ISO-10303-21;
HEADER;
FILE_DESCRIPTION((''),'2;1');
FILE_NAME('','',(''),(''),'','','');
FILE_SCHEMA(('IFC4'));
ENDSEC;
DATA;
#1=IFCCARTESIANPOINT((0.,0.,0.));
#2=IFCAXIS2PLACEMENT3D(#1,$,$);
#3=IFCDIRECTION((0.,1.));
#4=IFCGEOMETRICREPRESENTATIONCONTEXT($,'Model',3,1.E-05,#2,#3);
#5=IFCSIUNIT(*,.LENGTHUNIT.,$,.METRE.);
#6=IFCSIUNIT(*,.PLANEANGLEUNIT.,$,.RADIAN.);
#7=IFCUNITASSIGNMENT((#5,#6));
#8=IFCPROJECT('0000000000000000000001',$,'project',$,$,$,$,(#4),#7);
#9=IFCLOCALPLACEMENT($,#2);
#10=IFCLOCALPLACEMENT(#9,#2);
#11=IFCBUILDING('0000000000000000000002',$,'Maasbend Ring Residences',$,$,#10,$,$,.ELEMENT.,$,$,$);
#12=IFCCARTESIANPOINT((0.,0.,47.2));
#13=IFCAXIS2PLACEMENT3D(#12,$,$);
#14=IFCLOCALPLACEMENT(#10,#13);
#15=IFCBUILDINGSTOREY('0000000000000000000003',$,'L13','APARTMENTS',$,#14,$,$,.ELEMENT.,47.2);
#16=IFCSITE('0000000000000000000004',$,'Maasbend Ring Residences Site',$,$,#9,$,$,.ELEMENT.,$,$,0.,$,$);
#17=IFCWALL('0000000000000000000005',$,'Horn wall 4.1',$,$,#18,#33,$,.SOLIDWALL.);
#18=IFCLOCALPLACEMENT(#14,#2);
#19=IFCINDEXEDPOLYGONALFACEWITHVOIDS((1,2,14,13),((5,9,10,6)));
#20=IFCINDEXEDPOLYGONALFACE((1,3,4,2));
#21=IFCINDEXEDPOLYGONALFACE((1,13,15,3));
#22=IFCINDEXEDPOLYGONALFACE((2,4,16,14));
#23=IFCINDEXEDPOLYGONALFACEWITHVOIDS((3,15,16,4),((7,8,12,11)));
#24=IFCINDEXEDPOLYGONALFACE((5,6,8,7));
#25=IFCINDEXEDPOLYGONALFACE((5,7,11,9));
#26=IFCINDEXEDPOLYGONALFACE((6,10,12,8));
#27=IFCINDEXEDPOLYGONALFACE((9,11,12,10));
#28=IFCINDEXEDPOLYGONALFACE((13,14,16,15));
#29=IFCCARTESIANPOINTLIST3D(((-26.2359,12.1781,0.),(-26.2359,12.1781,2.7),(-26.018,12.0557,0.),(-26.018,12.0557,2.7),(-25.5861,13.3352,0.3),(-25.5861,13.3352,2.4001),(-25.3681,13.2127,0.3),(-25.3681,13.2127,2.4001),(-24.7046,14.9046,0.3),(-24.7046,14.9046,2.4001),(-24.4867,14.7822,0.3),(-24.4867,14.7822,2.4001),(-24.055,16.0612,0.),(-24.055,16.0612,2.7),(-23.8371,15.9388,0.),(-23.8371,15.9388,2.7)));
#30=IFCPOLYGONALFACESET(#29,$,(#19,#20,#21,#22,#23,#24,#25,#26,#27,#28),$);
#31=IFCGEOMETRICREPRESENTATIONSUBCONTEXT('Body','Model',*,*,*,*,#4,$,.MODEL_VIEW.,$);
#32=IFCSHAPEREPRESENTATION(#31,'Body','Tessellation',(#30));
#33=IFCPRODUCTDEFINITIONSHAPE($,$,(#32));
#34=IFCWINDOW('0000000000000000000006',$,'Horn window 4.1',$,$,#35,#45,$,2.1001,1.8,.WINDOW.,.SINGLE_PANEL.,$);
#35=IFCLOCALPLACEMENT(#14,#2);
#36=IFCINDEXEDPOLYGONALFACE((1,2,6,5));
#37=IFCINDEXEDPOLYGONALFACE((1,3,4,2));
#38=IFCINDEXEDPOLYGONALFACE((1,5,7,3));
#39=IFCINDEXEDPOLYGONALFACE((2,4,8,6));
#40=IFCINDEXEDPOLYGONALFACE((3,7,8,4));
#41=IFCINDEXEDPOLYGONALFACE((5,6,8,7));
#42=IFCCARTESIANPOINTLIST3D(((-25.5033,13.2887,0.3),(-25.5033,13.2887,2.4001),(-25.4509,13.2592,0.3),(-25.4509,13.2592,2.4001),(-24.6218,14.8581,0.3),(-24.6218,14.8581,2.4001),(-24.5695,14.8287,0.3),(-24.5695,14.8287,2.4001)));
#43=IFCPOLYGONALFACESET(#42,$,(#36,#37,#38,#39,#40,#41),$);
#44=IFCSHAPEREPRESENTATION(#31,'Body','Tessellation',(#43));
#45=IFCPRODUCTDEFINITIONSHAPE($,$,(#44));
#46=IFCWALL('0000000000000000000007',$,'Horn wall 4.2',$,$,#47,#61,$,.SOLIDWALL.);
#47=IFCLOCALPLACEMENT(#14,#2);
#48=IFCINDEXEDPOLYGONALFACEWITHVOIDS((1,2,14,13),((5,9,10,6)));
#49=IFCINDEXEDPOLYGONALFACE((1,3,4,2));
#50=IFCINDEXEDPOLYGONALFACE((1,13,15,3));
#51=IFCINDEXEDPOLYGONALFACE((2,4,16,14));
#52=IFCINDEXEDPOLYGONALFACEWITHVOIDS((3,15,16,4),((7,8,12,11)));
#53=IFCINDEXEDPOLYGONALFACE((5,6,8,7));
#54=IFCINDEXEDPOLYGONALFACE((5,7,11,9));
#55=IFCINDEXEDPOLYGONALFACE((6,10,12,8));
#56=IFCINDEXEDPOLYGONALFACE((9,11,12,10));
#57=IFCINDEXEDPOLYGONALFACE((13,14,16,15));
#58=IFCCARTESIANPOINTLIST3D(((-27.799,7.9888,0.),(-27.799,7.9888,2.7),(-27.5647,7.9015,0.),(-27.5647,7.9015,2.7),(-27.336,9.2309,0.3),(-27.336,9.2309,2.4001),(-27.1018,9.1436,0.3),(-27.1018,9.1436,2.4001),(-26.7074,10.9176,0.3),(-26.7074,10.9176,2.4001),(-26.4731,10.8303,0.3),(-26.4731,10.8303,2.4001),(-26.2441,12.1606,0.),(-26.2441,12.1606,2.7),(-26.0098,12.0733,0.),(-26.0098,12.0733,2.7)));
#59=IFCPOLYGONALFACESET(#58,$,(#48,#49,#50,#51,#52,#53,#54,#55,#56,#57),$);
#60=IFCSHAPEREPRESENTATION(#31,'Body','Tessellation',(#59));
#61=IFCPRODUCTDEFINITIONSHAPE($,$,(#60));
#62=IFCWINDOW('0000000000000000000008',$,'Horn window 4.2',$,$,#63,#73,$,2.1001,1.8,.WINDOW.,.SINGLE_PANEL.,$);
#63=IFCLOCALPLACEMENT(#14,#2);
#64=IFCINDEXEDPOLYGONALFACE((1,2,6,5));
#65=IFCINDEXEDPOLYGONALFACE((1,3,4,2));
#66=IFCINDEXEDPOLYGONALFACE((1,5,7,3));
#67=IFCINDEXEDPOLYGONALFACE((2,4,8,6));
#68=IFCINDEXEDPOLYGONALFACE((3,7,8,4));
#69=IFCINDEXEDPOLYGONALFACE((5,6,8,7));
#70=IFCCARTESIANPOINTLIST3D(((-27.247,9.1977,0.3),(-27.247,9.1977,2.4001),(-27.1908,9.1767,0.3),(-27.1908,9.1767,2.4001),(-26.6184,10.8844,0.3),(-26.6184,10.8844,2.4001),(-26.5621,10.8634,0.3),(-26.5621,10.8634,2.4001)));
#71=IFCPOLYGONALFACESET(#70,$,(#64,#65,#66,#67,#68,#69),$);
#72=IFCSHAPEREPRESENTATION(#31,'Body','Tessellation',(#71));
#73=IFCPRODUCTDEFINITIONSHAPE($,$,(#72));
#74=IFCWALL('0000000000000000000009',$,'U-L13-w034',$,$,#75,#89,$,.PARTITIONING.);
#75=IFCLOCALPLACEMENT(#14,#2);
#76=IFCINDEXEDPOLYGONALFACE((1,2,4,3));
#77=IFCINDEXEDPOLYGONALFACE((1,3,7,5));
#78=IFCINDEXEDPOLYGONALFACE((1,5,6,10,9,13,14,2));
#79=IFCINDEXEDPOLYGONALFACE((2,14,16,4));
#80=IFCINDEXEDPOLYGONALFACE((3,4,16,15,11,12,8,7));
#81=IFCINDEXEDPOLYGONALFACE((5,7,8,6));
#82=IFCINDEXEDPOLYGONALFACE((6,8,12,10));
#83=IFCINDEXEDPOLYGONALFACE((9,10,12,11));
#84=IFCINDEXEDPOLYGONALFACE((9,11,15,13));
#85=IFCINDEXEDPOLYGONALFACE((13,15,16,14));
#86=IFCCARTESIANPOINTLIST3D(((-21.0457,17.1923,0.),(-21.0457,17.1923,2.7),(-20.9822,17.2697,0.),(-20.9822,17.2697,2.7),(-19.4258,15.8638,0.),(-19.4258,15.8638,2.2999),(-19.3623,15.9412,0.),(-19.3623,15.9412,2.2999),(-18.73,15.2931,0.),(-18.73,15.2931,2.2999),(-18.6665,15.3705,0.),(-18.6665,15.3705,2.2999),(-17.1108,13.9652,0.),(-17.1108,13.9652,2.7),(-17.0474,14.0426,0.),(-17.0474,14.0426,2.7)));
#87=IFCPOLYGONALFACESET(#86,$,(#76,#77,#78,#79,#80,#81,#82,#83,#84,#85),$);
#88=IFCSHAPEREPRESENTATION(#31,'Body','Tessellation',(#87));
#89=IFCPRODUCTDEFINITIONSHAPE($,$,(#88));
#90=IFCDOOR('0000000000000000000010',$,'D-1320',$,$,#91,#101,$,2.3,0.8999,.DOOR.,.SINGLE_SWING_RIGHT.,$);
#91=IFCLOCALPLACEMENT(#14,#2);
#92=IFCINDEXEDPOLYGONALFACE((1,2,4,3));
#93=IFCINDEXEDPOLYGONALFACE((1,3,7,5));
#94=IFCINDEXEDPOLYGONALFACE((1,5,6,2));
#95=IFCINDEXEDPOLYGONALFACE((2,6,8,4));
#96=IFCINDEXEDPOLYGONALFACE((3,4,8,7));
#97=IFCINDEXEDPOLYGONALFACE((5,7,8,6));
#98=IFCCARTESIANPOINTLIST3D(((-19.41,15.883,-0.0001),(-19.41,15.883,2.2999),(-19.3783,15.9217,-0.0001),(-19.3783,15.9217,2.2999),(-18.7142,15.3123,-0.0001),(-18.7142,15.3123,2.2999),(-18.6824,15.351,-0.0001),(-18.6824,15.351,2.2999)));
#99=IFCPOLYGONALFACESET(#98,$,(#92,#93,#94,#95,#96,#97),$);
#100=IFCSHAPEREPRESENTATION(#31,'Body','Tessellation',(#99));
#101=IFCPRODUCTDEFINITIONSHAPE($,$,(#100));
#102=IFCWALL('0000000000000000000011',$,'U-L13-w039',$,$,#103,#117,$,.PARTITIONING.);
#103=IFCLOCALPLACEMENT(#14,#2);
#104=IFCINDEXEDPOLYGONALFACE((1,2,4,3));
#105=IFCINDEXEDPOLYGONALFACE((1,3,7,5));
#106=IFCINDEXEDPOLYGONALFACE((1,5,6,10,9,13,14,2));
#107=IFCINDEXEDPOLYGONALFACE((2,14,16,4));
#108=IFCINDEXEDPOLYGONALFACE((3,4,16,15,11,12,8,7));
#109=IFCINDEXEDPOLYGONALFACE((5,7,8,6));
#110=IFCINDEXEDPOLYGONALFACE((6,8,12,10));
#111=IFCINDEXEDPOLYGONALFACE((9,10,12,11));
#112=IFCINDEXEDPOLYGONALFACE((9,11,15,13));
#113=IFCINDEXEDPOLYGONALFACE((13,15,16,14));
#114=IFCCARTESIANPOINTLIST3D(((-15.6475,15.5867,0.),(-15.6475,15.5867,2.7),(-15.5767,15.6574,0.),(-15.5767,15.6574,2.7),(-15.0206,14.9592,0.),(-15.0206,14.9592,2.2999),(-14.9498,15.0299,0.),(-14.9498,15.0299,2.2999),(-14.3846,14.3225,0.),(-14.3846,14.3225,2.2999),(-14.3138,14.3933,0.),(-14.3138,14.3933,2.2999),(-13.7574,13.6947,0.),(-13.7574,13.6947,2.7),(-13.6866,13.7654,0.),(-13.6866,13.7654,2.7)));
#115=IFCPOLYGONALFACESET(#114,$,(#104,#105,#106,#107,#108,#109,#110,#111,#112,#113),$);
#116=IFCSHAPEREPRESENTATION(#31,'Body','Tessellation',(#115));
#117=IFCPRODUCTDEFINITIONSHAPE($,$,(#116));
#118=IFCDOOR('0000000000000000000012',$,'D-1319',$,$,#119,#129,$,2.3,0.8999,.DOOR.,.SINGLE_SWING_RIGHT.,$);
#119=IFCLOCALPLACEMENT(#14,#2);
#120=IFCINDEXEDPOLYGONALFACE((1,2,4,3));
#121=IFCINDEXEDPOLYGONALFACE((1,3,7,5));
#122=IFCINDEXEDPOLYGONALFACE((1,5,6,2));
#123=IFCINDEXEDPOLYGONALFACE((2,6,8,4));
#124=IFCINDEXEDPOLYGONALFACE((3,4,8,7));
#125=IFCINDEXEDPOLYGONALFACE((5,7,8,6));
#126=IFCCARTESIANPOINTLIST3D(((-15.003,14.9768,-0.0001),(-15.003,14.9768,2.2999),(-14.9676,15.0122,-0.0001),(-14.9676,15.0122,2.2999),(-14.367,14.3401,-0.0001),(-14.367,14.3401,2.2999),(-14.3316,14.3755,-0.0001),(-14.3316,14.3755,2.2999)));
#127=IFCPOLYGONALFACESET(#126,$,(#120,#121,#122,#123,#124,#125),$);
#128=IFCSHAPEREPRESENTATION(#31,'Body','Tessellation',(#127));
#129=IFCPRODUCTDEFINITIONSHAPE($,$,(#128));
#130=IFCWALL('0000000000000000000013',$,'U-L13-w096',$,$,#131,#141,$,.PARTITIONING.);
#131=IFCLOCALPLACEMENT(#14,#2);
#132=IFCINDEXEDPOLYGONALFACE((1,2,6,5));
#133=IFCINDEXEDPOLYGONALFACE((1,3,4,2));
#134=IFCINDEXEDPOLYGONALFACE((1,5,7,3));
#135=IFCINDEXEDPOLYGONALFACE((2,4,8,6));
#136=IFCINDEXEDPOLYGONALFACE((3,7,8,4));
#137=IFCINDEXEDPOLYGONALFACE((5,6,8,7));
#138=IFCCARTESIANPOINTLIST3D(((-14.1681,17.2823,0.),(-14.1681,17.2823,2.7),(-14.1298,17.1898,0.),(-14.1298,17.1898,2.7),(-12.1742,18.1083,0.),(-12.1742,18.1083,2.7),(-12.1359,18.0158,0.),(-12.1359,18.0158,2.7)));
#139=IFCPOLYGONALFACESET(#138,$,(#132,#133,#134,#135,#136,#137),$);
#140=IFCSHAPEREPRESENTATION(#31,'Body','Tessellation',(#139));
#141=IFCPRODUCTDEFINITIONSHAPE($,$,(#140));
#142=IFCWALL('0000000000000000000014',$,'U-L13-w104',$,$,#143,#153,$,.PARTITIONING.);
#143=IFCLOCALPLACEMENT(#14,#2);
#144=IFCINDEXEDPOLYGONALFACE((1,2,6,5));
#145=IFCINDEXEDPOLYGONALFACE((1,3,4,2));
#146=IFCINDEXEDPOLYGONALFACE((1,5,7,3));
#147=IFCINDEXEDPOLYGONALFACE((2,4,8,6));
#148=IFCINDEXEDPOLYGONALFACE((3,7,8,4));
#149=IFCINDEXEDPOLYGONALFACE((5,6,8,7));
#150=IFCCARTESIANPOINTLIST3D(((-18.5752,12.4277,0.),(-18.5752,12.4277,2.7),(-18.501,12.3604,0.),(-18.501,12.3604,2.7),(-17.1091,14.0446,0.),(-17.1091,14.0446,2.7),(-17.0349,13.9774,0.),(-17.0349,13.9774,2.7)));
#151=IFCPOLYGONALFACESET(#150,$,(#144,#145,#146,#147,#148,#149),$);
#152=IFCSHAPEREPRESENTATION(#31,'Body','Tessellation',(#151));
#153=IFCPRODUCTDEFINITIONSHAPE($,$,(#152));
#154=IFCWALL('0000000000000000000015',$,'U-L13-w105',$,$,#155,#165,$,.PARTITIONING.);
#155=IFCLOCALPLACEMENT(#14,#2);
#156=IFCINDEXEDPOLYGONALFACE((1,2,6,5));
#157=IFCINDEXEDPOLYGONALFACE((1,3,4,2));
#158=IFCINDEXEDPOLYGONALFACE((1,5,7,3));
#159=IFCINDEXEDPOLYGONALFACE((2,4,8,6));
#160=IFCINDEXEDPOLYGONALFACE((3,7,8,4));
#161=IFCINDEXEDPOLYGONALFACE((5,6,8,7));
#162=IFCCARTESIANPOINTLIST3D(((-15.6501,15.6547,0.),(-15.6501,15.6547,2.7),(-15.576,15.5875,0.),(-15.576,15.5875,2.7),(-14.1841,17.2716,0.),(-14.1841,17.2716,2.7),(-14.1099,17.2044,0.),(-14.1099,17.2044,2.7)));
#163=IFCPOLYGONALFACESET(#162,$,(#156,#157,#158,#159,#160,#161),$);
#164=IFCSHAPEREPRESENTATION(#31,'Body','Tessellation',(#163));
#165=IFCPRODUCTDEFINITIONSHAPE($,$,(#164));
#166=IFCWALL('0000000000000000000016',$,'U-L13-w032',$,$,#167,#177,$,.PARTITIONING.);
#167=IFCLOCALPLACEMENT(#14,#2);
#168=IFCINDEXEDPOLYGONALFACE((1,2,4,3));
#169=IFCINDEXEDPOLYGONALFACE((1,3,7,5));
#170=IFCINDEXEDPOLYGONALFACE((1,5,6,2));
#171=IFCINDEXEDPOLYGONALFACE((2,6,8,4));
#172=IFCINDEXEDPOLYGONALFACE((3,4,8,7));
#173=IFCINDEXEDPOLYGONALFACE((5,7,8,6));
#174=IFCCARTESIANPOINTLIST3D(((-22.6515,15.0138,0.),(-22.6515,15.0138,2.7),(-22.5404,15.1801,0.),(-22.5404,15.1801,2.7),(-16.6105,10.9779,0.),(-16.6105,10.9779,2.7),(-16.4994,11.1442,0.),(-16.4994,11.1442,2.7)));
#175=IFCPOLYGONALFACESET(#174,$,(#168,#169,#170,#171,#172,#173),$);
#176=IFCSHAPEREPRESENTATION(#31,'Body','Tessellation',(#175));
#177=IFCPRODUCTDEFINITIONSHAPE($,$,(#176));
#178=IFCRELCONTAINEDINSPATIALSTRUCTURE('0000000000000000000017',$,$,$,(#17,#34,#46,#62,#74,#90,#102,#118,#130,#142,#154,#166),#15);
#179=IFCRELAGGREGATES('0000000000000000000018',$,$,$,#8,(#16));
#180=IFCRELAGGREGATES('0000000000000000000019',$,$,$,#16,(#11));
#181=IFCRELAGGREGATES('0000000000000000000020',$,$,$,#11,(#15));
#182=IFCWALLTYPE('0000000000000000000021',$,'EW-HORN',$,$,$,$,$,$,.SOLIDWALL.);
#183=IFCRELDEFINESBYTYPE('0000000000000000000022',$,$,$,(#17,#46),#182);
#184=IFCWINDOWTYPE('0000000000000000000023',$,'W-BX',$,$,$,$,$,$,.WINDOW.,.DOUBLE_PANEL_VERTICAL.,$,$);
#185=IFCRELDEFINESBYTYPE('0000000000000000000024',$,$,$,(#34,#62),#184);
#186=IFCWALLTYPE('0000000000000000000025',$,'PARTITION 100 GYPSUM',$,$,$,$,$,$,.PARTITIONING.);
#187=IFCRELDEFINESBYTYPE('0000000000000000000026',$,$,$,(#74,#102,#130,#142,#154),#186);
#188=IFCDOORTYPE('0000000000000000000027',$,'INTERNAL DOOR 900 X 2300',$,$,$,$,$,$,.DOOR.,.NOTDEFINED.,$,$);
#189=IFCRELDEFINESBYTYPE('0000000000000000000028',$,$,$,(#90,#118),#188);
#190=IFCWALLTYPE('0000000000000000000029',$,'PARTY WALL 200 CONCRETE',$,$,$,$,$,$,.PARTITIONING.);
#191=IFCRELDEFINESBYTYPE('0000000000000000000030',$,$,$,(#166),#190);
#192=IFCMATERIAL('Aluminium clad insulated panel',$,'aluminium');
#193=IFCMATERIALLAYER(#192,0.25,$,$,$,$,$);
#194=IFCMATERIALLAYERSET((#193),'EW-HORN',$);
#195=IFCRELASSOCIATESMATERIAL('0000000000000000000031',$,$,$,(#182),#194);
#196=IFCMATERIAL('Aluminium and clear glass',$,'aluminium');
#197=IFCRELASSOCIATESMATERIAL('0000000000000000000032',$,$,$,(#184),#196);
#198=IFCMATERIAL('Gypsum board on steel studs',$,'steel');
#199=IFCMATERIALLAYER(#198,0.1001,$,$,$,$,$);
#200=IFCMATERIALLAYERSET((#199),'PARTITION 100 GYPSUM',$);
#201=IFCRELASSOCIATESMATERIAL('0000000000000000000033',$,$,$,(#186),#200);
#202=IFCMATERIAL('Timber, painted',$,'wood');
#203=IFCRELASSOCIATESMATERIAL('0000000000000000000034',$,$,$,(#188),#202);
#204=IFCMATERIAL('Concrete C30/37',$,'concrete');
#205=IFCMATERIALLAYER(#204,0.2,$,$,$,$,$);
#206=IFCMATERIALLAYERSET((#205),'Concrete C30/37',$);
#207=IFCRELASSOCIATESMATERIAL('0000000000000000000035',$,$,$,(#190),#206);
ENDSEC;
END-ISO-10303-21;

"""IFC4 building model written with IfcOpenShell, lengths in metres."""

from ifc_helpers import new_model, si_unit, direction, frame, frame_2d, origin, place, context, subcontext, project, spatial, rectangle, extrude, material, layer, layer_set, type_object, element, fill, save


model = new_model("IFC4")

# Units and contexts
model_context = context("Model", 3, precision=1e-05, world=origin(), true_north=direction((0.0, 1.0)))
body_context = subcontext(model_context, "Body", "Model", "MODEL_VIEW")
ifc_project = project(units=[si_unit("LENGTHUNIT", "METRE"), si_unit("PLANEANGLEUNIT", "RADIAN")], contexts=[model_context])

# Site, building, storey
site_placement = place(None, origin())
site = spatial("IfcSite", under=ifc_project, at=site_placement, Name="Maasbend Ring Residences Site", CompositionType="ELEMENT", RefElevation=0.0)
building_placement = place(site_placement, origin())
building = spatial("IfcBuilding", under=site, at=building_placement, Name="Maasbend Ring Residences", CompositionType="ELEMENT")
storey_placement = place(building_placement, frame((0.0, 0.0, 47.2)))
storey = spatial("IfcBuildingStorey", under=building, at=storey_placement, Name="L13", Description="APARTMENTS", CompositionType="ELEMENT", Elevation=47.2)

# Walls, openings, windows
ifc_material_1 = material(Name="Aluminium clad insulated panel", Category="aluminium")
ifc_layer_1 = layer(ifc_material_1, 0.25)
ifc_layer_set_1 = layer_set([ifc_layer_1], Name="EW-HORN")
wall_type_1 = type_object("IfcWallType", Name="EW-HORN", PredefinedType="SOLIDWALL", material=ifc_layer_set_1)
wall_1_placement = place(storey_placement, frame((-23.946, 16.0, 0.0), z_axis=(0.0, 0.0, 1.0), x_axis=(-0.489696, -0.871893, 0.0)))
wall_1 = element("IfcWall", 1, at=wall_1_placement, inside=storey, type_object=wall_type_1, Name="Horn wall 4.1", PredefinedType="SOLIDWALL", context=body_context, shape_type="SweptSolid", body=[
    extrude(rectangle(XDim=4.4536, YDim=0.25, at=frame_2d((2.2268, 0.0))), origin(), (0.0, 0.0, 1.0), 2.7),
])
opening_1_placement = place(wall_1_placement, frame((1.3267, 0.0, 0.3)))
opening_1 = element("IfcOpeningElement", 2, at=opening_1_placement, cuts=wall_1, PredefinedType="OPENING", context=body_context, shape_type="SweptSolid", body=[
    extrude(rectangle(XDim=1.8, YDim=2.1001, at=frame_2d((0.8999, 1.05))), frame((0.0, 0.135, 0.0), z_axis=(0.0, -1.0, 0.0), x_axis=(1.0, 0.0, 0.0)), (0.0, 0.0, 1.0), 0.27),
])
ifc_material_2 = material(Name="Aluminium and clear glass", Category="aluminium")
window_type = type_object("IfcWindowType", Name="W-BX", PartitioningType="DOUBLE_PANEL_VERTICAL", PredefinedType="WINDOW", material=ifc_material_2)
window_1_placement = place(opening_1_placement, origin())
window_1 = element("IfcWindow", 3, at=window_1_placement, inside=storey, type_object=window_type, Name="Horn window 4.1", OverallHeight=2.1001, OverallWidth=1.8, PartitioningType="SINGLE_PANEL", PredefinedType="WINDOW", context=body_context, shape_type="SweptSolid", body=[
    extrude(rectangle(XDim=1.8, YDim=2.1001, at=frame_2d((0.8999, 1.05))), frame((0.0, 0.03, 0.0), z_axis=(0.0, -1.0, 0.0), x_axis=(1.0, 0.0, 0.0)), (0.0, 0.0, 1.0), 0.0601),
])
fill(opening_1, window_1)
wall_2_placement = place(storey_placement, frame((-26.127, 12.1169, 0.0), z_axis=(0.0, 0.0, 1.0), x_axis=(-0.349248, -0.93703, 0.0)))
wall_2 = element("IfcWall", 4, at=wall_2_placement, inside=storey, type_object=wall_type_1, Name="Horn wall 4.2", PredefinedType="SOLIDWALL", context=body_context, shape_type="SweptSolid", body=[
    extrude(rectangle(XDim=4.4521, YDim=0.25, at=frame_2d((2.2261, 0.0))), origin(), (0.0, 0.0, 1.0), 2.7),
])
opening_2_placement = place(wall_2_placement, frame((1.3267, 0.0, 0.3)))
opening_2 = element("IfcOpeningElement", 5, at=opening_2_placement, cuts=wall_2, PredefinedType="OPENING", context=body_context, shape_type="SweptSolid", body=[
    extrude(rectangle(XDim=1.8, YDim=2.1001, at=frame_2d((0.8999, 1.05))), frame((0.0, 0.135, 0.0), z_axis=(0.0, -1.0, 0.0), x_axis=(1.0, 0.0, 0.0)), (0.0, 0.0, 1.0), 0.27),
])
window_2_placement = place(opening_2_placement, origin())
window_2 = element("IfcWindow", 6, at=window_2_placement, inside=storey, type_object=window_type, Name="Horn window 4.2", OverallHeight=2.1001, OverallWidth=1.8, PartitioningType="SINGLE_PANEL", PredefinedType="WINDOW", context=body_context, shape_type="SweptSolid", body=[
    extrude(rectangle(XDim=1.8, YDim=2.1001, at=frame_2d((0.8999, 1.05))), frame((0.0, 0.03, 0.0), z_axis=(0.0, -1.0, 0.0), x_axis=(1.0, 0.0, 0.0)), (0.0, 0.0, 1.0), 0.0601),
])
fill(opening_2, window_2)

# Walls, openings, doors
ifc_material_3 = material(Name="Gypsum board on steel studs", Category="steel")
ifc_layer_2 = layer(ifc_material_3, 0.1001)
ifc_layer_set_2 = layer_set([ifc_layer_2], Name="PARTITION 100 GYPSUM")
wall_type_2 = type_object("IfcWallType", Name="PARTITION 100 GYPSUM", PredefinedType="PARTITIONING", material=ifc_layer_set_2)
wall_3_placement = place(storey_placement, frame((-21.0139, 17.231, 0.0), z_axis=(0.0, 0.0, 1.0), x_axis=(0.773219, -0.634139, 0.0)))
wall_3 = element("IfcWall", 7, at=wall_3_placement, inside=storey, type_object=wall_type_2, Name="U-L13-w034", PredefinedType="PARTITIONING", context=body_context, shape_type="SweptSolid", body=[
    extrude(rectangle(XDim=5.0889, YDim=0.1001, at=frame_2d((2.5444, 0.0))), origin(), (0.0, 0.0, 1.0), 2.7),
])
opening_3_placement = place(wall_3_placement, frame((2.095, 0.0, 0.0)))
opening_3 = element("IfcOpeningElement", 8, at=opening_3_placement, cuts=wall_3, PredefinedType="OPENING", context=body_context, shape_type="SweptSolid", body=[
    extrude(rectangle(XDim=0.8999, YDim=2.3, at=frame_2d((0.45, 1.1499))), frame((0.0, 0.0601, 0.0), z_axis=(0.0, -1.0, 0.0), x_axis=(1.0, 0.0, 0.0)), (0.0, 0.0, 1.0), 0.1201),
])
ifc_material_4 = material(Name="Timber, painted", Category="wood")
door_type_1 = type_object("IfcDoorType", Name="INTERNAL DOOR 900 X 2300", OperationType="NOTDEFINED", PredefinedType="DOOR", material=ifc_material_4)
door_1_placement = place(opening_3_placement, origin())
door_1 = element("IfcDoor", 9, at=door_1_placement, inside=storey, type_object=door_type_1, Name="D-1320", OperationType="SINGLE_SWING_RIGHT", OverallHeight=2.3, OverallWidth=0.8999, PredefinedType="DOOR", context=body_context, shape_type="SweptSolid", body=[
    extrude(rectangle(XDim=0.8999, YDim=2.3, at=frame_2d((0.45, 1.1499))), frame((0.0, 0.0249, 0.0), z_axis=(0.0, -1.0, 0.0), x_axis=(1.0, 0.0, 0.0)), (0.0, 0.0, 1.0), 0.05),
])
fill(opening_3, door_1)
wall_4_placement = place(storey_placement, frame((-15.6121, 15.6221, 0.0), z_axis=(0.0, 0.0, 1.0), x_axis=(0.706742, -0.707472, 0.0)))
wall_4 = element("IfcWall", 10, at=wall_4_placement, inside=storey, type_object=wall_type_2, Name="U-L13-w039", PredefinedType="PARTITIONING", context=body_context, shape_type="SweptSolid", body=[
    extrude(rectangle(XDim=2.6743, YDim=0.1001, at=frame_2d((1.3372, 0.0))), origin(), (0.0, 0.0, 1.0), 2.7),
])
opening_4_placement = place(wall_4_placement, frame((0.887, 0.0, 0.0)))
opening_4 = element("IfcOpeningElement", 11, at=opening_4_placement, cuts=wall_4, PredefinedType="OPENING", context=body_context, shape_type="SweptSolid", body=[
    extrude(rectangle(XDim=0.8999, YDim=2.3, at=frame_2d((0.45, 1.1499))), frame((0.0, 0.0601, 0.0), z_axis=(0.0, -1.0, 0.0), x_axis=(1.0, 0.0, 0.0)), (0.0, 0.0, 1.0), 0.1201),
])
door_2_placement = place(opening_4_placement, origin())
door_2 = element("IfcDoor", 12, at=door_2_placement, inside=storey, type_object=door_type_1, Name="D-1319", OperationType="SINGLE_SWING_RIGHT", OverallHeight=2.3, OverallWidth=0.8999, PredefinedType="DOOR", context=body_context, shape_type="SweptSolid", body=[
    extrude(rectangle(XDim=0.8999, YDim=2.3, at=frame_2d((0.45, 1.1499))), frame((0.0, 0.0249, 0.0), z_axis=(0.0, -1.0, 0.0), x_axis=(1.0, 0.0, 0.0)), (0.0, 0.0, 1.0), 0.05),
])
fill(opening_4, door_2)

# Walls
wall_5_placement = place(storey_placement, frame((-14.1489, 17.2361, 0.0), z_axis=(0.0, 0.0, 1.0), x_axis=(0.923875, 0.382695, 0.0)))
element("IfcWall", 13, at=wall_5_placement, inside=storey, type_object=wall_type_2, Name="U-L13-w096", PredefinedType="PARTITIONING", context=body_context, shape_type="SweptSolid", body=[
    extrude(rectangle(XDim=2.1582, YDim=0.1001, at=frame_2d((1.0791, 0.0))), origin(), (0.0, 0.0, 1.0), 2.7),
])
for number, where, z_axis, x_axis, name in (
    (14, (-18.5381, 12.394, 0.0), (0.0, 0.0, 1.0), (0.671698, 0.740825, 0.0), "U-L13-w104"),
    (15, (-15.613, 15.6211, 0.0), (0.0, 0.0, 1.0), (0.671698, 0.740825, 0.0), "U-L13-w105"),
):
    element("IfcWall", number, at=place(storey_placement, frame(where, z_axis=z_axis, x_axis=x_axis)), inside=storey, type_object=wall_type_2, Name=name, PredefinedType="PARTITIONING", context=body_context, shape_type="SweptSolid", body=[
        extrude(rectangle(XDim=2.1826, YDim=0.1001, at=frame_2d((1.0913, 0.0))), origin(), (0.0, 0.0, 1.0), 2.7),
    ])
ifc_material_5 = material(Name="Concrete C30/37", Category="concrete")
ifc_layer_3 = layer(ifc_material_5, 0.2)
ifc_layer_set_3 = layer_set([ifc_layer_3], Name="Concrete C30/37")
wall_type_3 = type_object("IfcWallType", Name="PARTY WALL 200 CONCRETE", PredefinedType="PARTITIONING", material=ifc_layer_set_3)
wall_6_placement = place(storey_placement, frame((-22.5959, 15.0969, 0.0), z_axis=(0.0, 0.0, 1.0), x_axis=(0.831507, -0.555514, 0.0)))
element("IfcWall", 16, at=wall_6_placement, inside=storey, type_object=wall_type_3, Name="U-L13-w032", PredefinedType="PARTITIONING", context=body_context, shape_type="SweptSolid", body=[
    extrude(rectangle(XDim=7.2651, YDim=0.2, at=frame_2d((3.6326, 0.0))), origin(), (0.0, 0.0, 1.0), 2.7),
])

save(model, "model.ifc")
